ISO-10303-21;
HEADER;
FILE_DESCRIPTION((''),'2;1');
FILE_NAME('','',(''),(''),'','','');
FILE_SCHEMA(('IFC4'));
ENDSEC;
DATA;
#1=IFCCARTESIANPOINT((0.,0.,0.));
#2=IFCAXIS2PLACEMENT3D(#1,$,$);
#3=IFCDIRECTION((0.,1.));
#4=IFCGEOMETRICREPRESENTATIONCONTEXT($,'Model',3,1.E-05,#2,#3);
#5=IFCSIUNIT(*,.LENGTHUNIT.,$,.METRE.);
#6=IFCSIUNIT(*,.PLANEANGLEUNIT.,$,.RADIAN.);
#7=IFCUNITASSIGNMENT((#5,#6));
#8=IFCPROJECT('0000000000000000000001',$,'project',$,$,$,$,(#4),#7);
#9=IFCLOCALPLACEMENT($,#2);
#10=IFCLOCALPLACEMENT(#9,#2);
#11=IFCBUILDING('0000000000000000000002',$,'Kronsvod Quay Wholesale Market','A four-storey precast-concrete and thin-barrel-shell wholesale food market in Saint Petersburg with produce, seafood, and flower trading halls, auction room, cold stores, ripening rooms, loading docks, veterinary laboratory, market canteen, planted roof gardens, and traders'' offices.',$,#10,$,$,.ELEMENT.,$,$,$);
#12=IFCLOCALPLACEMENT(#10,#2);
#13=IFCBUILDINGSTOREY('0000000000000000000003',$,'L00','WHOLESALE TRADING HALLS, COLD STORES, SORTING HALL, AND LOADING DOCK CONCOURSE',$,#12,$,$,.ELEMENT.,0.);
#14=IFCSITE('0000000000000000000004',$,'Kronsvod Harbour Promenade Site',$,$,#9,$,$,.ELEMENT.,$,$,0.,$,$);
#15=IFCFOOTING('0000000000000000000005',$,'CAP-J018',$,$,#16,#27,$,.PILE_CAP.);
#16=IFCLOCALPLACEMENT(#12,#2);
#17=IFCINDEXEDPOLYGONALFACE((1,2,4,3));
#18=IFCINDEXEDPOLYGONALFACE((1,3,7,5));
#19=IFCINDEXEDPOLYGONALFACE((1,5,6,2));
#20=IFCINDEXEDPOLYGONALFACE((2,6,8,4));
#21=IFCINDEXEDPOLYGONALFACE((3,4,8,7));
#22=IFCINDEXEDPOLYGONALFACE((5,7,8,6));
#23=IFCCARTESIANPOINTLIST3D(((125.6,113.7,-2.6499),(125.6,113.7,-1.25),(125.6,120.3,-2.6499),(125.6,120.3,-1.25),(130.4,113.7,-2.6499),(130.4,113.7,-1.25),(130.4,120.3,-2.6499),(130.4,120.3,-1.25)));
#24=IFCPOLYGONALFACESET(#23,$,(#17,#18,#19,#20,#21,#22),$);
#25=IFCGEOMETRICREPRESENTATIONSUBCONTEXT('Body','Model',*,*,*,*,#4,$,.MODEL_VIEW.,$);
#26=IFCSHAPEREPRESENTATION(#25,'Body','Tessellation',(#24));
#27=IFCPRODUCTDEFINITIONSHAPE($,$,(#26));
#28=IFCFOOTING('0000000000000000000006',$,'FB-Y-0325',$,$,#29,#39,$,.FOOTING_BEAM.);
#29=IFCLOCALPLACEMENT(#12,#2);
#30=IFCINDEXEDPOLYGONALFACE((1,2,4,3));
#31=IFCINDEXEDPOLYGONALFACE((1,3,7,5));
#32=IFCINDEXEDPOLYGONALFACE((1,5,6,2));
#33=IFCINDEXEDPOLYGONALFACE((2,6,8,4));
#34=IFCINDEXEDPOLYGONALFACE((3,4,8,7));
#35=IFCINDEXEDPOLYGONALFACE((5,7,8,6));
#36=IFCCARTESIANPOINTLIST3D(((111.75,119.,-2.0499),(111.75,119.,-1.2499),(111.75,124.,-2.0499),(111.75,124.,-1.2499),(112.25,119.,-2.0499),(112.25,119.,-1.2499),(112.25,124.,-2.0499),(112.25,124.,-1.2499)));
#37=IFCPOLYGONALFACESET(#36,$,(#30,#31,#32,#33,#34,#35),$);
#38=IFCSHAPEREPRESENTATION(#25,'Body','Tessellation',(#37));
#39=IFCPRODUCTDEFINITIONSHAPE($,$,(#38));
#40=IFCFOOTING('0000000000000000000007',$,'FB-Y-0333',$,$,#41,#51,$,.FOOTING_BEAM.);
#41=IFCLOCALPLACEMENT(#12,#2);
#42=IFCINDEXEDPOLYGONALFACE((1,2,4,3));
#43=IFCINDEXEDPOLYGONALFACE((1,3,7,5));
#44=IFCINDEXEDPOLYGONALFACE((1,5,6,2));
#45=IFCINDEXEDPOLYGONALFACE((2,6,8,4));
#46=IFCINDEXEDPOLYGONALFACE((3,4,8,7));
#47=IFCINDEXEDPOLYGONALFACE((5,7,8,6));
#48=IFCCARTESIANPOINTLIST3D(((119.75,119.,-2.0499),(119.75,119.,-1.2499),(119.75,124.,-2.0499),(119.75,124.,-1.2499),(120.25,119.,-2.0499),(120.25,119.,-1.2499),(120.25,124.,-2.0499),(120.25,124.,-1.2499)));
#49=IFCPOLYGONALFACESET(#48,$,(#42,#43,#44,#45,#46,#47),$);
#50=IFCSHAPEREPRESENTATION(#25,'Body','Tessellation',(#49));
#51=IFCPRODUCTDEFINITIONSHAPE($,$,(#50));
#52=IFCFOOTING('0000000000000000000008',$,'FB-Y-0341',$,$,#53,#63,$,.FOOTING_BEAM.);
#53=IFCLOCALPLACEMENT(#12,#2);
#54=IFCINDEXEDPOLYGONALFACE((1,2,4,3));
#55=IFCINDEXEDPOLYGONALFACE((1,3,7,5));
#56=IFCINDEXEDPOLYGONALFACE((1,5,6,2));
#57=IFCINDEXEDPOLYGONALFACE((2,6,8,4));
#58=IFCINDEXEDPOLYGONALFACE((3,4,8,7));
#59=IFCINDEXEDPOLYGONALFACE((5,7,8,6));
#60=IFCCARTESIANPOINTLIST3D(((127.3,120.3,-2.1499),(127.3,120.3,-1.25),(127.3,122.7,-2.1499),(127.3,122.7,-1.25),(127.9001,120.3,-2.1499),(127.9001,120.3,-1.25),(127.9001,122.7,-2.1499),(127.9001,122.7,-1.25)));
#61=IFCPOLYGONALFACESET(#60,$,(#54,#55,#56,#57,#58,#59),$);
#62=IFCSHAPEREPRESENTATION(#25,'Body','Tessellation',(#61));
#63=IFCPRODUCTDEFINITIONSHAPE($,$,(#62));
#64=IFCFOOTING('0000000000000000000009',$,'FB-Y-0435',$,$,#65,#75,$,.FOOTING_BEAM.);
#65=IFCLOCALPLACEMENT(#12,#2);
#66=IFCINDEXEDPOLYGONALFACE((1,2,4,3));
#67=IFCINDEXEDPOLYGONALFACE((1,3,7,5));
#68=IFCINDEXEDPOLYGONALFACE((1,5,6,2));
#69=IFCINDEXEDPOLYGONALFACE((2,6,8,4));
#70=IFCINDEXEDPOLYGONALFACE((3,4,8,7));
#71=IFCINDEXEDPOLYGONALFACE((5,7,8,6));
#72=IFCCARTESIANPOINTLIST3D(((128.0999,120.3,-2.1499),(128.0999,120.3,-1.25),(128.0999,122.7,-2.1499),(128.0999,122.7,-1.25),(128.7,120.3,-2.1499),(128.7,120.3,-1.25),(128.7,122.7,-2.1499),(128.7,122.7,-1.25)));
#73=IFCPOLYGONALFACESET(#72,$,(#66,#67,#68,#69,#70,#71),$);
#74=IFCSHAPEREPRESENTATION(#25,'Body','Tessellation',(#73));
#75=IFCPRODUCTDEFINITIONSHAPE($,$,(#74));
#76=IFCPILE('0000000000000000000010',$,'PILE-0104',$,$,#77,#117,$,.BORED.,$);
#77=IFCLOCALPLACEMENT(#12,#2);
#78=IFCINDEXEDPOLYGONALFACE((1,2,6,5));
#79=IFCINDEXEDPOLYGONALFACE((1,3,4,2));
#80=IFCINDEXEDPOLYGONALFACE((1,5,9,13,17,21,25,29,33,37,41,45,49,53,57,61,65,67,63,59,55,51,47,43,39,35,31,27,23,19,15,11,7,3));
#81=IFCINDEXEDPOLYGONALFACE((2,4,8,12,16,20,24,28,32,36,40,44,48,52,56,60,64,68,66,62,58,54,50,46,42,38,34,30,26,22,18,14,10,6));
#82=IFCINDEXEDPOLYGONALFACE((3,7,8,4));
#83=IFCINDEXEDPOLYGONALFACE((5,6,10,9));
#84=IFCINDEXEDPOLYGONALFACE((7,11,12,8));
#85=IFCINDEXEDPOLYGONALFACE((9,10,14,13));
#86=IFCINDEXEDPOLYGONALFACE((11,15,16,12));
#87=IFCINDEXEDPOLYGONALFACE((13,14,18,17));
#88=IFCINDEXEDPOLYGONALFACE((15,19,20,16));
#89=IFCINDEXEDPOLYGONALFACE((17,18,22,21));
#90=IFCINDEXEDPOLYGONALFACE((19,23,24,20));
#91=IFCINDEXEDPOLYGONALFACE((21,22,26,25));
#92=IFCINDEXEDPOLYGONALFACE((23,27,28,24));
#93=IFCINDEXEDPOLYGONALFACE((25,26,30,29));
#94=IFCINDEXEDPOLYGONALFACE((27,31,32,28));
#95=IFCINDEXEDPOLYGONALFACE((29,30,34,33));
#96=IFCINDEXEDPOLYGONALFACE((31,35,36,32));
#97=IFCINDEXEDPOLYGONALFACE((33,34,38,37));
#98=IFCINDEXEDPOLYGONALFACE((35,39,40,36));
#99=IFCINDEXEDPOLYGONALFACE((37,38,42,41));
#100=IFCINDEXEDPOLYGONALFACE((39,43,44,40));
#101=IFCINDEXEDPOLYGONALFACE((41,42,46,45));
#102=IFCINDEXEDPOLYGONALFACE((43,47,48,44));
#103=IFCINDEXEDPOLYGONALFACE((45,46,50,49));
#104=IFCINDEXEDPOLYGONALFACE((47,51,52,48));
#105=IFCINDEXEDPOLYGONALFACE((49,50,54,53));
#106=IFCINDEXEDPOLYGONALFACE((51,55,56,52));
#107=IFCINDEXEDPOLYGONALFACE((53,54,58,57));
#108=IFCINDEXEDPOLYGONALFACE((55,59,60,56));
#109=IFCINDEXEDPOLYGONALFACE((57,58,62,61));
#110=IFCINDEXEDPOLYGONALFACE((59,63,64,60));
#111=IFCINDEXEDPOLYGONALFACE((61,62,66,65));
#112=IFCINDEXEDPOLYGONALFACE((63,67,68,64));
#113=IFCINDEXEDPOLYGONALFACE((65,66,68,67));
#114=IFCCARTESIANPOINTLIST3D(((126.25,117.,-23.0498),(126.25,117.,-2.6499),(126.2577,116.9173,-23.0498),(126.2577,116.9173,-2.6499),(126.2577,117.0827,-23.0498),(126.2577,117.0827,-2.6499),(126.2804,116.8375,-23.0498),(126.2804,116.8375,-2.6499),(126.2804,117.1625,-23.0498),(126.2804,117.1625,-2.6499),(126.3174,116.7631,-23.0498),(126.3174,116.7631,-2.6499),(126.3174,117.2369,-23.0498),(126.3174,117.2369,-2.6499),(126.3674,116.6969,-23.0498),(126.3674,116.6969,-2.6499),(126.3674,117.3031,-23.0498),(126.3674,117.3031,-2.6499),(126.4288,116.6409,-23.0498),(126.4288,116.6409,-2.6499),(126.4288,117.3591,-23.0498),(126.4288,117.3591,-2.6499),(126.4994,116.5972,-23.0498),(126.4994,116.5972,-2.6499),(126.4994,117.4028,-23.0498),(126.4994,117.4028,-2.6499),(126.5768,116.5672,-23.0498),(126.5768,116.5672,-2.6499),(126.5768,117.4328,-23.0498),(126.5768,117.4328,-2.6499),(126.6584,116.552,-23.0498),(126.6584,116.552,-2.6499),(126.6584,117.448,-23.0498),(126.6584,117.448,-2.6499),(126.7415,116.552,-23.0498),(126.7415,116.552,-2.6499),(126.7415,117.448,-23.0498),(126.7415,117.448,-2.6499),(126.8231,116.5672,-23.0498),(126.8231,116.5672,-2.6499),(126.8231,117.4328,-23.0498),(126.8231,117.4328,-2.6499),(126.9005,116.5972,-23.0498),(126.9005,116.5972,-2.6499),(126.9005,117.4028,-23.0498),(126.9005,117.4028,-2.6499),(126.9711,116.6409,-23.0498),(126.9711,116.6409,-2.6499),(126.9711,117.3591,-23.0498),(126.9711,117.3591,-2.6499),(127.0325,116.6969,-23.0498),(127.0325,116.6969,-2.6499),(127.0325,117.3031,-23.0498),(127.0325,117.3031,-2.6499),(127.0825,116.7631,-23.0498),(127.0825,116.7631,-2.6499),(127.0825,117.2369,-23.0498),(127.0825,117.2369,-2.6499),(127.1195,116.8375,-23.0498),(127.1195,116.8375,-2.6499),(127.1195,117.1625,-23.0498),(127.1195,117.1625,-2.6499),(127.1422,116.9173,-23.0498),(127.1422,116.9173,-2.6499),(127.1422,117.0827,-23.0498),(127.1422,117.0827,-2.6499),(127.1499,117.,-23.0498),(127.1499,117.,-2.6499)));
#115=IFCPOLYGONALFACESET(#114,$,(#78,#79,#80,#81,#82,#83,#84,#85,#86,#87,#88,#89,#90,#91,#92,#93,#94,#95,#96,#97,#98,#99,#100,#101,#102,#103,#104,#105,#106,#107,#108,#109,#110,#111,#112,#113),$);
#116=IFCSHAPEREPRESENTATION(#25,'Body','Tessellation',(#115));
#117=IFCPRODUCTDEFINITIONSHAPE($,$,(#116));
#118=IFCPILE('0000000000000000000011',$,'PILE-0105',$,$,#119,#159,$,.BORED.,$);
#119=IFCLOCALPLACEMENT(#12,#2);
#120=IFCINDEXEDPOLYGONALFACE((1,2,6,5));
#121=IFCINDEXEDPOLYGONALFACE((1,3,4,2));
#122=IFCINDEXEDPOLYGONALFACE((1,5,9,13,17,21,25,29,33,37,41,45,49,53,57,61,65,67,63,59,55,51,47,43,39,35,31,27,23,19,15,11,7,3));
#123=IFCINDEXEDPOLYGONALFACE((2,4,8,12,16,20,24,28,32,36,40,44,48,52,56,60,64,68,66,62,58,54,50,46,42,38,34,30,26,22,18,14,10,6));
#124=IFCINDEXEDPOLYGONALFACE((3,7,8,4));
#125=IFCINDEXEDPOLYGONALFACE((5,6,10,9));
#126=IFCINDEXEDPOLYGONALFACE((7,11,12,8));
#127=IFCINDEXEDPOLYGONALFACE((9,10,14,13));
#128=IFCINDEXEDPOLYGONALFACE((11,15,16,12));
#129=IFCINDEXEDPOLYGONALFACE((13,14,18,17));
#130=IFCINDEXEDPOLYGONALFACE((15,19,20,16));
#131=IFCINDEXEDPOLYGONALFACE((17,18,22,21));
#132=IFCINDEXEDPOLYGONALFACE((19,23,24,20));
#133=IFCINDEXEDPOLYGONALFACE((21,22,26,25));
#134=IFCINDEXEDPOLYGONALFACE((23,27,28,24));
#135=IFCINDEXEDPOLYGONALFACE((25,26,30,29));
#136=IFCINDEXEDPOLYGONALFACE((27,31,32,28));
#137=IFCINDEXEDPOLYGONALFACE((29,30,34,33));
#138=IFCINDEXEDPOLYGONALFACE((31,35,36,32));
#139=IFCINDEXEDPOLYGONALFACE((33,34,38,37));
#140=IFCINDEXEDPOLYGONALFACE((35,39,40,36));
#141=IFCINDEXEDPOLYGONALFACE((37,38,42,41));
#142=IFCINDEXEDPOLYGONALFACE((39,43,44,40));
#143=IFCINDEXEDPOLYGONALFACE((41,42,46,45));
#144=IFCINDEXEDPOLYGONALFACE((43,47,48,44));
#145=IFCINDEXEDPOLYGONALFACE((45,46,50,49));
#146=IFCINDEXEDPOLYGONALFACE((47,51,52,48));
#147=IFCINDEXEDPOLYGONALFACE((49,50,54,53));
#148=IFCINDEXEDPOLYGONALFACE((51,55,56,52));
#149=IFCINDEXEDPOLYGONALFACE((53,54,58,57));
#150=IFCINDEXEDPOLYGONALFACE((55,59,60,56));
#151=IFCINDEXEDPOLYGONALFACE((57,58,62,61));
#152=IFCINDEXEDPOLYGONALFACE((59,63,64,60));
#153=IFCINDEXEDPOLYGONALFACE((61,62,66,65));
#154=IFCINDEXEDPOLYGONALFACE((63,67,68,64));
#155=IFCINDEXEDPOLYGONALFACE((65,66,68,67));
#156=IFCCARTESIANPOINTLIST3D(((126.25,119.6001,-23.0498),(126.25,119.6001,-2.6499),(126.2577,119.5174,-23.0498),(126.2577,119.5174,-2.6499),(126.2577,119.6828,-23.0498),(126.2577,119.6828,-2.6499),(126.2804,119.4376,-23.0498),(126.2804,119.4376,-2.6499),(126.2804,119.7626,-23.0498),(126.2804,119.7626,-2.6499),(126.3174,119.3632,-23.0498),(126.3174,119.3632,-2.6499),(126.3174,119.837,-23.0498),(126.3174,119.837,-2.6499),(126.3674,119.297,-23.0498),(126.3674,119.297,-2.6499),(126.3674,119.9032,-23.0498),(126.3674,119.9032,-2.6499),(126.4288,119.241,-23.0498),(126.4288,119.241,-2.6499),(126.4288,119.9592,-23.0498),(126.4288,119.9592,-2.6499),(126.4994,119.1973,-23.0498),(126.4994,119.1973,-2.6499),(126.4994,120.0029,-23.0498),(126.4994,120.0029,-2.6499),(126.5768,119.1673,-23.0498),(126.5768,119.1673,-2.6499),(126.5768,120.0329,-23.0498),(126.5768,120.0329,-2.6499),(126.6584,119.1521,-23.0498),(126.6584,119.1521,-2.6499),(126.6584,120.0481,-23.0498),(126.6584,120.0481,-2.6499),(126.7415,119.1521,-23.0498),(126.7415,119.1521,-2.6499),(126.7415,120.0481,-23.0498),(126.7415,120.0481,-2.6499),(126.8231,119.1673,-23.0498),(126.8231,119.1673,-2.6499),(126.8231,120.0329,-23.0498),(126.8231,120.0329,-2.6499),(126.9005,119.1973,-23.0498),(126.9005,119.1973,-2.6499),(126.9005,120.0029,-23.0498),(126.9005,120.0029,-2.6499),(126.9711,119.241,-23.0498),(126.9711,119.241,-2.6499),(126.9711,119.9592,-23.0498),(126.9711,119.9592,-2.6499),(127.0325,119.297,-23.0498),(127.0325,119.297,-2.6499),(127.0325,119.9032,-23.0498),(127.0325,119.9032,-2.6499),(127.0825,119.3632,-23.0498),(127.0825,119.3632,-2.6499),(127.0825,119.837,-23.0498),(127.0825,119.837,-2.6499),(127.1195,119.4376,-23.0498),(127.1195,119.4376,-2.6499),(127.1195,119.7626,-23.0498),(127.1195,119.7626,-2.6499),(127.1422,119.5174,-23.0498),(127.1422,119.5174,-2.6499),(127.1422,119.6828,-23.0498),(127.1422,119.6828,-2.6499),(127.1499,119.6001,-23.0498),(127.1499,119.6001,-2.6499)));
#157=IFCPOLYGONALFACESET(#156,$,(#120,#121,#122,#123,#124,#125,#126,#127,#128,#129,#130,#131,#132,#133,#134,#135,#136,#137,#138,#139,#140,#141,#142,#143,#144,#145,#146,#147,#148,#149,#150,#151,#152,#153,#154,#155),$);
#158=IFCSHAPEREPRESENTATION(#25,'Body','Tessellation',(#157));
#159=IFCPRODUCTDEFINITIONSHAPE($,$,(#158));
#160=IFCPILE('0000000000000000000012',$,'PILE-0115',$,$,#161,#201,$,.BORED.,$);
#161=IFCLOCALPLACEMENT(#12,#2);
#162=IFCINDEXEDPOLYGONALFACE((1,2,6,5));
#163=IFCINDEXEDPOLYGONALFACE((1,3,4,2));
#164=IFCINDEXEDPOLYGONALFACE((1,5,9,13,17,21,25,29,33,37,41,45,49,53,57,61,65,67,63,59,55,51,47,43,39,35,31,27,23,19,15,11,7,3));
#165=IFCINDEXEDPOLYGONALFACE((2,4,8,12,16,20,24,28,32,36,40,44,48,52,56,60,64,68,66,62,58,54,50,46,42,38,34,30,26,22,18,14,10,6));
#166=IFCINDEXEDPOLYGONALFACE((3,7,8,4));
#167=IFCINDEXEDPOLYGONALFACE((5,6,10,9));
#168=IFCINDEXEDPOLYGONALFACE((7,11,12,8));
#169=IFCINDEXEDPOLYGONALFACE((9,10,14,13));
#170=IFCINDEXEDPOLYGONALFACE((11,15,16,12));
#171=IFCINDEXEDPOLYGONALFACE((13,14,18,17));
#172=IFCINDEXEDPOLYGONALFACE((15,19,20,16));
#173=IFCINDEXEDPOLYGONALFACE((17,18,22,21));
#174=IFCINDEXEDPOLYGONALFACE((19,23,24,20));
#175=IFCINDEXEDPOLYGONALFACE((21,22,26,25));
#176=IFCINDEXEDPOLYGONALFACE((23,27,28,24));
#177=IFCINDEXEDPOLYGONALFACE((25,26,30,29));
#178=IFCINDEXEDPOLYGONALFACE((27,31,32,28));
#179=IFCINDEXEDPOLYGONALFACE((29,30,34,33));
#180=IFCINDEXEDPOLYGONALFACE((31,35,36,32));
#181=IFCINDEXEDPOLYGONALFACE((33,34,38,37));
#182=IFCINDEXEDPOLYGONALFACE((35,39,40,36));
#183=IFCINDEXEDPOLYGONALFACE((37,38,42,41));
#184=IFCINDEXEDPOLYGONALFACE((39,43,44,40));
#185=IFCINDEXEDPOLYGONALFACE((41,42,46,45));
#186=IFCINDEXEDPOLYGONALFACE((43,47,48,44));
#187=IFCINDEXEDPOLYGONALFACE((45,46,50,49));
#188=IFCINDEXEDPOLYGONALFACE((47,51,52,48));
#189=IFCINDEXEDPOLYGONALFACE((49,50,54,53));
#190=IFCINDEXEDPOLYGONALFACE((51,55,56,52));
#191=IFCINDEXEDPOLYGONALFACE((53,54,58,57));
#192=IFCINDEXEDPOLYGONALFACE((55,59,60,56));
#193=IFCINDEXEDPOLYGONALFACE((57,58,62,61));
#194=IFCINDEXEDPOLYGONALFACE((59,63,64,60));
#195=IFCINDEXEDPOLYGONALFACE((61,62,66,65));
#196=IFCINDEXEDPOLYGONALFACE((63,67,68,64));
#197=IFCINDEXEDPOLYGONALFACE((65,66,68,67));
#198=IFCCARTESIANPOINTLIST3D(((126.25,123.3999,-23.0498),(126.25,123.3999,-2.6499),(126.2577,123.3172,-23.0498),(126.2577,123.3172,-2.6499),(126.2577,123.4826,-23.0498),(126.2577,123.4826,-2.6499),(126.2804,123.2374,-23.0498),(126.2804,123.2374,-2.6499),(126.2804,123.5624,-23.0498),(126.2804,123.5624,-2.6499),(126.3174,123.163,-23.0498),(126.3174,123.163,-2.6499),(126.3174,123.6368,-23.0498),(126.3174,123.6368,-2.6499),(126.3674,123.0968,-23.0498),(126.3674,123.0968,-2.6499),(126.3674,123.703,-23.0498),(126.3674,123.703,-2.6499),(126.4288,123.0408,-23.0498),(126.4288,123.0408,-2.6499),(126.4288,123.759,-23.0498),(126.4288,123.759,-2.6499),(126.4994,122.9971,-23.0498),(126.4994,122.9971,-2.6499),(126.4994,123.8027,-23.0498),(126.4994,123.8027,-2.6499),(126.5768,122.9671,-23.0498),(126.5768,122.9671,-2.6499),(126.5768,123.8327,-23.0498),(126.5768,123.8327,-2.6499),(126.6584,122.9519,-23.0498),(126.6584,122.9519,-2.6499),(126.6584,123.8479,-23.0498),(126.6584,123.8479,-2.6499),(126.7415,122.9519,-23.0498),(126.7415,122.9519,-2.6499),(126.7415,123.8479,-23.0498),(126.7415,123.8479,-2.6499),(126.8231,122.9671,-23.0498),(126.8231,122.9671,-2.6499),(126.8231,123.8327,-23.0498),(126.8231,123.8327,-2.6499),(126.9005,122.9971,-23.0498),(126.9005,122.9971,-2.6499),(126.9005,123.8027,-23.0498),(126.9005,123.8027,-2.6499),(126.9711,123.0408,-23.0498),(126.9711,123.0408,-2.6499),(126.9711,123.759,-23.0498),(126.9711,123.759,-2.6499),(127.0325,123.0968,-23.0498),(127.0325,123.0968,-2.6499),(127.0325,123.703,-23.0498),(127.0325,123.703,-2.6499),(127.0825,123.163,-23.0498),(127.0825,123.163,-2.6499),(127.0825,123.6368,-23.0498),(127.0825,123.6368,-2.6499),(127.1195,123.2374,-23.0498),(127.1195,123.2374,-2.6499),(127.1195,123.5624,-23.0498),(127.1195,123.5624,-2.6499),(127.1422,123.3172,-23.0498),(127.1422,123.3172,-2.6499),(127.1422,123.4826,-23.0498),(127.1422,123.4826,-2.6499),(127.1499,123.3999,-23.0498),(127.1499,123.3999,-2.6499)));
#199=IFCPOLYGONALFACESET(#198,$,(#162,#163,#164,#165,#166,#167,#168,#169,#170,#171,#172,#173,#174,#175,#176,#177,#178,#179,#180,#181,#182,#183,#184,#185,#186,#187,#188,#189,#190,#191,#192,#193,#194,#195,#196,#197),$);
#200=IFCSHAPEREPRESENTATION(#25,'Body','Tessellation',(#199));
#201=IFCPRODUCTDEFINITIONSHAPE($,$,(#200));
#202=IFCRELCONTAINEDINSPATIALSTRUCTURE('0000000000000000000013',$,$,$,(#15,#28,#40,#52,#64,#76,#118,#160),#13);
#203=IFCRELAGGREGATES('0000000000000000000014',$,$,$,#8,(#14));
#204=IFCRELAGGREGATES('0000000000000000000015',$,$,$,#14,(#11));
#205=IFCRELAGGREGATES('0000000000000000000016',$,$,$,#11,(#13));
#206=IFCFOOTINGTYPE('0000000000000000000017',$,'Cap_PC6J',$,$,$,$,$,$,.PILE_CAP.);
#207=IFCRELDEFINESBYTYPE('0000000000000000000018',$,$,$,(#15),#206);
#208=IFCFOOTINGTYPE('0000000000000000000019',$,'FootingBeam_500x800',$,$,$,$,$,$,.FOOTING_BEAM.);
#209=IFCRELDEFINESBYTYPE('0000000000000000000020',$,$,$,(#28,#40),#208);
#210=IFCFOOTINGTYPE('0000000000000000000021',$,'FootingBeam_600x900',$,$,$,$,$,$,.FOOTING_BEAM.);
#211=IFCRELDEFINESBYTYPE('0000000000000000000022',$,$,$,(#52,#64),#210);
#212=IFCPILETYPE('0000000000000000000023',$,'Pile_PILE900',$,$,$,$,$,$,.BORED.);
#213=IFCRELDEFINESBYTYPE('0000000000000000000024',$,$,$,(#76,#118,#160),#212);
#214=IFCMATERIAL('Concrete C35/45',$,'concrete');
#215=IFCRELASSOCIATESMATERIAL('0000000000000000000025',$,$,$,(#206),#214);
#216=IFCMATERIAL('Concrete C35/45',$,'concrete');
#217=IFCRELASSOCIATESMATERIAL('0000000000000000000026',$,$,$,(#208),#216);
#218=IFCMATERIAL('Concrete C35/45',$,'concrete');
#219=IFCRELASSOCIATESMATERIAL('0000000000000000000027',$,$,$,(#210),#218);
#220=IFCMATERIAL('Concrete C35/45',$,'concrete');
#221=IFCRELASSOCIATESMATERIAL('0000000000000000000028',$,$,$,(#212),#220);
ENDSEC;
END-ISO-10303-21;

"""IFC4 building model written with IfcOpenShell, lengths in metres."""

from ifc_helpers import new_model, si_unit, direction, frame, origin, origin_2d, place, context, subcontext, project, spatial, rectangle, circle, extrude, material, material_profile, profile_set, type_object, element, save


model = new_model("IFC4")

# Units and contexts
model_context = context("Model", 3, precision=1e-05, world=origin(), true_north=direction((0.0, 1.0)))
body_context = subcontext(model_context, "Body", "Model", "MODEL_VIEW")
ifc_project = project(units=[si_unit("LENGTHUNIT", "METRE"), si_unit("PLANEANGLEUNIT", "RADIAN")], contexts=[model_context])

# Site, building, storey
site_placement = place(None, origin())
site = spatial("IfcSite", under=ifc_project, at=site_placement, Name="Kronsvod Harbour Promenade Site", CompositionType="ELEMENT", RefElevation=0.0)
building_placement = place(site_placement, origin())
building = spatial("IfcBuilding", under=site, at=building_placement, Name="Kronsvod Quay Wholesale Market", Description="A four-storey precast-concrete and thin-barrel-shell wholesale food market in Saint Petersburg with produce, seafood, and flower trading halls, auction room, cold stores, ripening rooms, loading docks, veterinary laboratory, market canteen, planted roof gardens, and traders' offices.", CompositionType="ELEMENT")
storey_placement = place(building_placement, origin())
storey = spatial("IfcBuildingStorey", under=building, at=storey_placement, Name="L00", Description="WHOLESALE TRADING HALLS, COLD STORES, SORTING HALL, AND LOADING DOCK CONCOURSE", CompositionType="ELEMENT", Elevation=0.0)

# Footings
ifc_material_1 = material(Name="Concrete C35/45", Category="concrete")
footing_type_1 = type_object("IfcFootingType", Name="Cap_PC6J", PredefinedType="PILE_CAP", material=ifc_material_1)
footing_placement = place(storey_placement, frame((128.0, 117.0, -2.6499), z_axis=(0.0, 0.0, 1.0), x_axis=(1.0, 0.0, 0.0)))
element("IfcFooting", 1, at=footing_placement, inside=storey, type_object=footing_type_1, Name="CAP-J018", PredefinedType="PILE_CAP", context=body_context, shape_type="SweptSolid", body=[
    extrude(rectangle(XDim=4.8, YDim=6.6001, at=origin_2d()), origin(), (0.0, 0.0, 1.0), 1.3999),
])
ifc_material_2 = material(Name="Concrete C35/45", Category="concrete")
ifc_material_profile_1 = material_profile(ifc_material_2, rectangle(XDim=0.5, YDim=0.8, at=origin_2d()), Name="FB-01")
ifc_profile_set_1 = profile_set([ifc_material_profile_1], Name="Concrete C35/45")
footing_type_2 = type_object("IfcFootingType", Name="FootingBeam_500x800", PredefinedType="FOOTING_BEAM", material=ifc_profile_set_1)
for number, where, z_axis, x_axis, name in (
    (2, (112.0, 119.0, -1.6499), (0.0, 1.0, 0.0), (-1.0, 0.0, 0.0), "FB-Y-0325"),
    (3, (120.0, 119.0, -1.6499), (0.0, 1.0, 0.0), (-1.0, 0.0, 0.0), "FB-Y-0333"),
):
    element("IfcFooting", number, at=place(storey_placement, frame(where, z_axis=z_axis, x_axis=x_axis)), inside=storey, type_object=footing_type_2, Name=name, PredefinedType="FOOTING_BEAM", context=body_context, shape_type="SweptSolid", body=[
        extrude(rectangle(XDim=0.5, YDim=0.8, at=origin_2d()), origin(), (0.0, 0.0, 1.0), 5.0),
    ])
ifc_material_3 = material(Name="Concrete C35/45", Category="concrete")
ifc_material_profile_2 = material_profile(ifc_material_3, rectangle(XDim=0.6001, YDim=0.8999, at=origin_2d()), Name="FB-02")
ifc_profile_set_2 = profile_set([ifc_material_profile_2], Name="Concrete C35/45")
footing_type_3 = type_object("IfcFootingType", Name="FootingBeam_600x900", PredefinedType="FOOTING_BEAM", material=ifc_profile_set_2)
for number, where, z_axis, x_axis, name in (
    (4, (127.6001, 120.3, -1.7), (0.0, 1.0, 0.0), (-1.0, 0.0, 0.0), "FB-Y-0341"),
    (5, (128.3999, 120.3, -1.7), (0.0, 1.0, 0.0), (-1.0, 0.0, 0.0), "FB-Y-0435"),
):
    element("IfcFooting", number, at=place(storey_placement, frame(where, z_axis=z_axis, x_axis=x_axis)), inside=storey, type_object=footing_type_3, Name=name, PredefinedType="FOOTING_BEAM", context=body_context, shape_type="SweptSolid", body=[
        extrude(rectangle(XDim=0.6001, YDim=0.8999, at=origin_2d()), origin(), (0.0, 0.0, 1.0), 2.3999),
    ])

# Piles
ifc_material_4 = material(Name="Concrete C35/45", Category="concrete")
ifc_material_profile_3 = material_profile(ifc_material_4, circle(Radius=0.45, at=origin_2d()), Name="PILE900")
ifc_profile_set_3 = profile_set([ifc_material_profile_3], Name="Concrete C35/45")
pile_type = type_object("IfcPileType", Name="Pile_PILE900", PredefinedType="BORED", material=ifc_profile_set_3)
for number, where, z_axis, x_axis, name in (
    (6, (126.7, 117.0, -2.6499), (0.0, 0.0, -1.0), (1.0, 0.0, 0.0), "PILE-0104"),
    (7, (126.7, 119.6001, -2.6499), (0.0, 0.0, -1.0), (1.0, 0.0, 0.0), "PILE-0105"),
    (8, (126.7, 123.3999, -2.6499), (0.0, 0.0, -1.0), (1.0, 0.0, 0.0), "PILE-0115"),
):
    element("IfcPile", number, at=place(storey_placement, frame(where, z_axis=z_axis, x_axis=x_axis)), inside=storey, type_object=pile_type, Name=name, PredefinedType="BORED", context=body_context, shape_type="SweptSolid", body=[
        extrude(circle(Radius=0.45, at=origin_2d()), origin(), (0.0, 0.0, 1.0), 20.3999),
    ])

save(model, "model.ifc")
